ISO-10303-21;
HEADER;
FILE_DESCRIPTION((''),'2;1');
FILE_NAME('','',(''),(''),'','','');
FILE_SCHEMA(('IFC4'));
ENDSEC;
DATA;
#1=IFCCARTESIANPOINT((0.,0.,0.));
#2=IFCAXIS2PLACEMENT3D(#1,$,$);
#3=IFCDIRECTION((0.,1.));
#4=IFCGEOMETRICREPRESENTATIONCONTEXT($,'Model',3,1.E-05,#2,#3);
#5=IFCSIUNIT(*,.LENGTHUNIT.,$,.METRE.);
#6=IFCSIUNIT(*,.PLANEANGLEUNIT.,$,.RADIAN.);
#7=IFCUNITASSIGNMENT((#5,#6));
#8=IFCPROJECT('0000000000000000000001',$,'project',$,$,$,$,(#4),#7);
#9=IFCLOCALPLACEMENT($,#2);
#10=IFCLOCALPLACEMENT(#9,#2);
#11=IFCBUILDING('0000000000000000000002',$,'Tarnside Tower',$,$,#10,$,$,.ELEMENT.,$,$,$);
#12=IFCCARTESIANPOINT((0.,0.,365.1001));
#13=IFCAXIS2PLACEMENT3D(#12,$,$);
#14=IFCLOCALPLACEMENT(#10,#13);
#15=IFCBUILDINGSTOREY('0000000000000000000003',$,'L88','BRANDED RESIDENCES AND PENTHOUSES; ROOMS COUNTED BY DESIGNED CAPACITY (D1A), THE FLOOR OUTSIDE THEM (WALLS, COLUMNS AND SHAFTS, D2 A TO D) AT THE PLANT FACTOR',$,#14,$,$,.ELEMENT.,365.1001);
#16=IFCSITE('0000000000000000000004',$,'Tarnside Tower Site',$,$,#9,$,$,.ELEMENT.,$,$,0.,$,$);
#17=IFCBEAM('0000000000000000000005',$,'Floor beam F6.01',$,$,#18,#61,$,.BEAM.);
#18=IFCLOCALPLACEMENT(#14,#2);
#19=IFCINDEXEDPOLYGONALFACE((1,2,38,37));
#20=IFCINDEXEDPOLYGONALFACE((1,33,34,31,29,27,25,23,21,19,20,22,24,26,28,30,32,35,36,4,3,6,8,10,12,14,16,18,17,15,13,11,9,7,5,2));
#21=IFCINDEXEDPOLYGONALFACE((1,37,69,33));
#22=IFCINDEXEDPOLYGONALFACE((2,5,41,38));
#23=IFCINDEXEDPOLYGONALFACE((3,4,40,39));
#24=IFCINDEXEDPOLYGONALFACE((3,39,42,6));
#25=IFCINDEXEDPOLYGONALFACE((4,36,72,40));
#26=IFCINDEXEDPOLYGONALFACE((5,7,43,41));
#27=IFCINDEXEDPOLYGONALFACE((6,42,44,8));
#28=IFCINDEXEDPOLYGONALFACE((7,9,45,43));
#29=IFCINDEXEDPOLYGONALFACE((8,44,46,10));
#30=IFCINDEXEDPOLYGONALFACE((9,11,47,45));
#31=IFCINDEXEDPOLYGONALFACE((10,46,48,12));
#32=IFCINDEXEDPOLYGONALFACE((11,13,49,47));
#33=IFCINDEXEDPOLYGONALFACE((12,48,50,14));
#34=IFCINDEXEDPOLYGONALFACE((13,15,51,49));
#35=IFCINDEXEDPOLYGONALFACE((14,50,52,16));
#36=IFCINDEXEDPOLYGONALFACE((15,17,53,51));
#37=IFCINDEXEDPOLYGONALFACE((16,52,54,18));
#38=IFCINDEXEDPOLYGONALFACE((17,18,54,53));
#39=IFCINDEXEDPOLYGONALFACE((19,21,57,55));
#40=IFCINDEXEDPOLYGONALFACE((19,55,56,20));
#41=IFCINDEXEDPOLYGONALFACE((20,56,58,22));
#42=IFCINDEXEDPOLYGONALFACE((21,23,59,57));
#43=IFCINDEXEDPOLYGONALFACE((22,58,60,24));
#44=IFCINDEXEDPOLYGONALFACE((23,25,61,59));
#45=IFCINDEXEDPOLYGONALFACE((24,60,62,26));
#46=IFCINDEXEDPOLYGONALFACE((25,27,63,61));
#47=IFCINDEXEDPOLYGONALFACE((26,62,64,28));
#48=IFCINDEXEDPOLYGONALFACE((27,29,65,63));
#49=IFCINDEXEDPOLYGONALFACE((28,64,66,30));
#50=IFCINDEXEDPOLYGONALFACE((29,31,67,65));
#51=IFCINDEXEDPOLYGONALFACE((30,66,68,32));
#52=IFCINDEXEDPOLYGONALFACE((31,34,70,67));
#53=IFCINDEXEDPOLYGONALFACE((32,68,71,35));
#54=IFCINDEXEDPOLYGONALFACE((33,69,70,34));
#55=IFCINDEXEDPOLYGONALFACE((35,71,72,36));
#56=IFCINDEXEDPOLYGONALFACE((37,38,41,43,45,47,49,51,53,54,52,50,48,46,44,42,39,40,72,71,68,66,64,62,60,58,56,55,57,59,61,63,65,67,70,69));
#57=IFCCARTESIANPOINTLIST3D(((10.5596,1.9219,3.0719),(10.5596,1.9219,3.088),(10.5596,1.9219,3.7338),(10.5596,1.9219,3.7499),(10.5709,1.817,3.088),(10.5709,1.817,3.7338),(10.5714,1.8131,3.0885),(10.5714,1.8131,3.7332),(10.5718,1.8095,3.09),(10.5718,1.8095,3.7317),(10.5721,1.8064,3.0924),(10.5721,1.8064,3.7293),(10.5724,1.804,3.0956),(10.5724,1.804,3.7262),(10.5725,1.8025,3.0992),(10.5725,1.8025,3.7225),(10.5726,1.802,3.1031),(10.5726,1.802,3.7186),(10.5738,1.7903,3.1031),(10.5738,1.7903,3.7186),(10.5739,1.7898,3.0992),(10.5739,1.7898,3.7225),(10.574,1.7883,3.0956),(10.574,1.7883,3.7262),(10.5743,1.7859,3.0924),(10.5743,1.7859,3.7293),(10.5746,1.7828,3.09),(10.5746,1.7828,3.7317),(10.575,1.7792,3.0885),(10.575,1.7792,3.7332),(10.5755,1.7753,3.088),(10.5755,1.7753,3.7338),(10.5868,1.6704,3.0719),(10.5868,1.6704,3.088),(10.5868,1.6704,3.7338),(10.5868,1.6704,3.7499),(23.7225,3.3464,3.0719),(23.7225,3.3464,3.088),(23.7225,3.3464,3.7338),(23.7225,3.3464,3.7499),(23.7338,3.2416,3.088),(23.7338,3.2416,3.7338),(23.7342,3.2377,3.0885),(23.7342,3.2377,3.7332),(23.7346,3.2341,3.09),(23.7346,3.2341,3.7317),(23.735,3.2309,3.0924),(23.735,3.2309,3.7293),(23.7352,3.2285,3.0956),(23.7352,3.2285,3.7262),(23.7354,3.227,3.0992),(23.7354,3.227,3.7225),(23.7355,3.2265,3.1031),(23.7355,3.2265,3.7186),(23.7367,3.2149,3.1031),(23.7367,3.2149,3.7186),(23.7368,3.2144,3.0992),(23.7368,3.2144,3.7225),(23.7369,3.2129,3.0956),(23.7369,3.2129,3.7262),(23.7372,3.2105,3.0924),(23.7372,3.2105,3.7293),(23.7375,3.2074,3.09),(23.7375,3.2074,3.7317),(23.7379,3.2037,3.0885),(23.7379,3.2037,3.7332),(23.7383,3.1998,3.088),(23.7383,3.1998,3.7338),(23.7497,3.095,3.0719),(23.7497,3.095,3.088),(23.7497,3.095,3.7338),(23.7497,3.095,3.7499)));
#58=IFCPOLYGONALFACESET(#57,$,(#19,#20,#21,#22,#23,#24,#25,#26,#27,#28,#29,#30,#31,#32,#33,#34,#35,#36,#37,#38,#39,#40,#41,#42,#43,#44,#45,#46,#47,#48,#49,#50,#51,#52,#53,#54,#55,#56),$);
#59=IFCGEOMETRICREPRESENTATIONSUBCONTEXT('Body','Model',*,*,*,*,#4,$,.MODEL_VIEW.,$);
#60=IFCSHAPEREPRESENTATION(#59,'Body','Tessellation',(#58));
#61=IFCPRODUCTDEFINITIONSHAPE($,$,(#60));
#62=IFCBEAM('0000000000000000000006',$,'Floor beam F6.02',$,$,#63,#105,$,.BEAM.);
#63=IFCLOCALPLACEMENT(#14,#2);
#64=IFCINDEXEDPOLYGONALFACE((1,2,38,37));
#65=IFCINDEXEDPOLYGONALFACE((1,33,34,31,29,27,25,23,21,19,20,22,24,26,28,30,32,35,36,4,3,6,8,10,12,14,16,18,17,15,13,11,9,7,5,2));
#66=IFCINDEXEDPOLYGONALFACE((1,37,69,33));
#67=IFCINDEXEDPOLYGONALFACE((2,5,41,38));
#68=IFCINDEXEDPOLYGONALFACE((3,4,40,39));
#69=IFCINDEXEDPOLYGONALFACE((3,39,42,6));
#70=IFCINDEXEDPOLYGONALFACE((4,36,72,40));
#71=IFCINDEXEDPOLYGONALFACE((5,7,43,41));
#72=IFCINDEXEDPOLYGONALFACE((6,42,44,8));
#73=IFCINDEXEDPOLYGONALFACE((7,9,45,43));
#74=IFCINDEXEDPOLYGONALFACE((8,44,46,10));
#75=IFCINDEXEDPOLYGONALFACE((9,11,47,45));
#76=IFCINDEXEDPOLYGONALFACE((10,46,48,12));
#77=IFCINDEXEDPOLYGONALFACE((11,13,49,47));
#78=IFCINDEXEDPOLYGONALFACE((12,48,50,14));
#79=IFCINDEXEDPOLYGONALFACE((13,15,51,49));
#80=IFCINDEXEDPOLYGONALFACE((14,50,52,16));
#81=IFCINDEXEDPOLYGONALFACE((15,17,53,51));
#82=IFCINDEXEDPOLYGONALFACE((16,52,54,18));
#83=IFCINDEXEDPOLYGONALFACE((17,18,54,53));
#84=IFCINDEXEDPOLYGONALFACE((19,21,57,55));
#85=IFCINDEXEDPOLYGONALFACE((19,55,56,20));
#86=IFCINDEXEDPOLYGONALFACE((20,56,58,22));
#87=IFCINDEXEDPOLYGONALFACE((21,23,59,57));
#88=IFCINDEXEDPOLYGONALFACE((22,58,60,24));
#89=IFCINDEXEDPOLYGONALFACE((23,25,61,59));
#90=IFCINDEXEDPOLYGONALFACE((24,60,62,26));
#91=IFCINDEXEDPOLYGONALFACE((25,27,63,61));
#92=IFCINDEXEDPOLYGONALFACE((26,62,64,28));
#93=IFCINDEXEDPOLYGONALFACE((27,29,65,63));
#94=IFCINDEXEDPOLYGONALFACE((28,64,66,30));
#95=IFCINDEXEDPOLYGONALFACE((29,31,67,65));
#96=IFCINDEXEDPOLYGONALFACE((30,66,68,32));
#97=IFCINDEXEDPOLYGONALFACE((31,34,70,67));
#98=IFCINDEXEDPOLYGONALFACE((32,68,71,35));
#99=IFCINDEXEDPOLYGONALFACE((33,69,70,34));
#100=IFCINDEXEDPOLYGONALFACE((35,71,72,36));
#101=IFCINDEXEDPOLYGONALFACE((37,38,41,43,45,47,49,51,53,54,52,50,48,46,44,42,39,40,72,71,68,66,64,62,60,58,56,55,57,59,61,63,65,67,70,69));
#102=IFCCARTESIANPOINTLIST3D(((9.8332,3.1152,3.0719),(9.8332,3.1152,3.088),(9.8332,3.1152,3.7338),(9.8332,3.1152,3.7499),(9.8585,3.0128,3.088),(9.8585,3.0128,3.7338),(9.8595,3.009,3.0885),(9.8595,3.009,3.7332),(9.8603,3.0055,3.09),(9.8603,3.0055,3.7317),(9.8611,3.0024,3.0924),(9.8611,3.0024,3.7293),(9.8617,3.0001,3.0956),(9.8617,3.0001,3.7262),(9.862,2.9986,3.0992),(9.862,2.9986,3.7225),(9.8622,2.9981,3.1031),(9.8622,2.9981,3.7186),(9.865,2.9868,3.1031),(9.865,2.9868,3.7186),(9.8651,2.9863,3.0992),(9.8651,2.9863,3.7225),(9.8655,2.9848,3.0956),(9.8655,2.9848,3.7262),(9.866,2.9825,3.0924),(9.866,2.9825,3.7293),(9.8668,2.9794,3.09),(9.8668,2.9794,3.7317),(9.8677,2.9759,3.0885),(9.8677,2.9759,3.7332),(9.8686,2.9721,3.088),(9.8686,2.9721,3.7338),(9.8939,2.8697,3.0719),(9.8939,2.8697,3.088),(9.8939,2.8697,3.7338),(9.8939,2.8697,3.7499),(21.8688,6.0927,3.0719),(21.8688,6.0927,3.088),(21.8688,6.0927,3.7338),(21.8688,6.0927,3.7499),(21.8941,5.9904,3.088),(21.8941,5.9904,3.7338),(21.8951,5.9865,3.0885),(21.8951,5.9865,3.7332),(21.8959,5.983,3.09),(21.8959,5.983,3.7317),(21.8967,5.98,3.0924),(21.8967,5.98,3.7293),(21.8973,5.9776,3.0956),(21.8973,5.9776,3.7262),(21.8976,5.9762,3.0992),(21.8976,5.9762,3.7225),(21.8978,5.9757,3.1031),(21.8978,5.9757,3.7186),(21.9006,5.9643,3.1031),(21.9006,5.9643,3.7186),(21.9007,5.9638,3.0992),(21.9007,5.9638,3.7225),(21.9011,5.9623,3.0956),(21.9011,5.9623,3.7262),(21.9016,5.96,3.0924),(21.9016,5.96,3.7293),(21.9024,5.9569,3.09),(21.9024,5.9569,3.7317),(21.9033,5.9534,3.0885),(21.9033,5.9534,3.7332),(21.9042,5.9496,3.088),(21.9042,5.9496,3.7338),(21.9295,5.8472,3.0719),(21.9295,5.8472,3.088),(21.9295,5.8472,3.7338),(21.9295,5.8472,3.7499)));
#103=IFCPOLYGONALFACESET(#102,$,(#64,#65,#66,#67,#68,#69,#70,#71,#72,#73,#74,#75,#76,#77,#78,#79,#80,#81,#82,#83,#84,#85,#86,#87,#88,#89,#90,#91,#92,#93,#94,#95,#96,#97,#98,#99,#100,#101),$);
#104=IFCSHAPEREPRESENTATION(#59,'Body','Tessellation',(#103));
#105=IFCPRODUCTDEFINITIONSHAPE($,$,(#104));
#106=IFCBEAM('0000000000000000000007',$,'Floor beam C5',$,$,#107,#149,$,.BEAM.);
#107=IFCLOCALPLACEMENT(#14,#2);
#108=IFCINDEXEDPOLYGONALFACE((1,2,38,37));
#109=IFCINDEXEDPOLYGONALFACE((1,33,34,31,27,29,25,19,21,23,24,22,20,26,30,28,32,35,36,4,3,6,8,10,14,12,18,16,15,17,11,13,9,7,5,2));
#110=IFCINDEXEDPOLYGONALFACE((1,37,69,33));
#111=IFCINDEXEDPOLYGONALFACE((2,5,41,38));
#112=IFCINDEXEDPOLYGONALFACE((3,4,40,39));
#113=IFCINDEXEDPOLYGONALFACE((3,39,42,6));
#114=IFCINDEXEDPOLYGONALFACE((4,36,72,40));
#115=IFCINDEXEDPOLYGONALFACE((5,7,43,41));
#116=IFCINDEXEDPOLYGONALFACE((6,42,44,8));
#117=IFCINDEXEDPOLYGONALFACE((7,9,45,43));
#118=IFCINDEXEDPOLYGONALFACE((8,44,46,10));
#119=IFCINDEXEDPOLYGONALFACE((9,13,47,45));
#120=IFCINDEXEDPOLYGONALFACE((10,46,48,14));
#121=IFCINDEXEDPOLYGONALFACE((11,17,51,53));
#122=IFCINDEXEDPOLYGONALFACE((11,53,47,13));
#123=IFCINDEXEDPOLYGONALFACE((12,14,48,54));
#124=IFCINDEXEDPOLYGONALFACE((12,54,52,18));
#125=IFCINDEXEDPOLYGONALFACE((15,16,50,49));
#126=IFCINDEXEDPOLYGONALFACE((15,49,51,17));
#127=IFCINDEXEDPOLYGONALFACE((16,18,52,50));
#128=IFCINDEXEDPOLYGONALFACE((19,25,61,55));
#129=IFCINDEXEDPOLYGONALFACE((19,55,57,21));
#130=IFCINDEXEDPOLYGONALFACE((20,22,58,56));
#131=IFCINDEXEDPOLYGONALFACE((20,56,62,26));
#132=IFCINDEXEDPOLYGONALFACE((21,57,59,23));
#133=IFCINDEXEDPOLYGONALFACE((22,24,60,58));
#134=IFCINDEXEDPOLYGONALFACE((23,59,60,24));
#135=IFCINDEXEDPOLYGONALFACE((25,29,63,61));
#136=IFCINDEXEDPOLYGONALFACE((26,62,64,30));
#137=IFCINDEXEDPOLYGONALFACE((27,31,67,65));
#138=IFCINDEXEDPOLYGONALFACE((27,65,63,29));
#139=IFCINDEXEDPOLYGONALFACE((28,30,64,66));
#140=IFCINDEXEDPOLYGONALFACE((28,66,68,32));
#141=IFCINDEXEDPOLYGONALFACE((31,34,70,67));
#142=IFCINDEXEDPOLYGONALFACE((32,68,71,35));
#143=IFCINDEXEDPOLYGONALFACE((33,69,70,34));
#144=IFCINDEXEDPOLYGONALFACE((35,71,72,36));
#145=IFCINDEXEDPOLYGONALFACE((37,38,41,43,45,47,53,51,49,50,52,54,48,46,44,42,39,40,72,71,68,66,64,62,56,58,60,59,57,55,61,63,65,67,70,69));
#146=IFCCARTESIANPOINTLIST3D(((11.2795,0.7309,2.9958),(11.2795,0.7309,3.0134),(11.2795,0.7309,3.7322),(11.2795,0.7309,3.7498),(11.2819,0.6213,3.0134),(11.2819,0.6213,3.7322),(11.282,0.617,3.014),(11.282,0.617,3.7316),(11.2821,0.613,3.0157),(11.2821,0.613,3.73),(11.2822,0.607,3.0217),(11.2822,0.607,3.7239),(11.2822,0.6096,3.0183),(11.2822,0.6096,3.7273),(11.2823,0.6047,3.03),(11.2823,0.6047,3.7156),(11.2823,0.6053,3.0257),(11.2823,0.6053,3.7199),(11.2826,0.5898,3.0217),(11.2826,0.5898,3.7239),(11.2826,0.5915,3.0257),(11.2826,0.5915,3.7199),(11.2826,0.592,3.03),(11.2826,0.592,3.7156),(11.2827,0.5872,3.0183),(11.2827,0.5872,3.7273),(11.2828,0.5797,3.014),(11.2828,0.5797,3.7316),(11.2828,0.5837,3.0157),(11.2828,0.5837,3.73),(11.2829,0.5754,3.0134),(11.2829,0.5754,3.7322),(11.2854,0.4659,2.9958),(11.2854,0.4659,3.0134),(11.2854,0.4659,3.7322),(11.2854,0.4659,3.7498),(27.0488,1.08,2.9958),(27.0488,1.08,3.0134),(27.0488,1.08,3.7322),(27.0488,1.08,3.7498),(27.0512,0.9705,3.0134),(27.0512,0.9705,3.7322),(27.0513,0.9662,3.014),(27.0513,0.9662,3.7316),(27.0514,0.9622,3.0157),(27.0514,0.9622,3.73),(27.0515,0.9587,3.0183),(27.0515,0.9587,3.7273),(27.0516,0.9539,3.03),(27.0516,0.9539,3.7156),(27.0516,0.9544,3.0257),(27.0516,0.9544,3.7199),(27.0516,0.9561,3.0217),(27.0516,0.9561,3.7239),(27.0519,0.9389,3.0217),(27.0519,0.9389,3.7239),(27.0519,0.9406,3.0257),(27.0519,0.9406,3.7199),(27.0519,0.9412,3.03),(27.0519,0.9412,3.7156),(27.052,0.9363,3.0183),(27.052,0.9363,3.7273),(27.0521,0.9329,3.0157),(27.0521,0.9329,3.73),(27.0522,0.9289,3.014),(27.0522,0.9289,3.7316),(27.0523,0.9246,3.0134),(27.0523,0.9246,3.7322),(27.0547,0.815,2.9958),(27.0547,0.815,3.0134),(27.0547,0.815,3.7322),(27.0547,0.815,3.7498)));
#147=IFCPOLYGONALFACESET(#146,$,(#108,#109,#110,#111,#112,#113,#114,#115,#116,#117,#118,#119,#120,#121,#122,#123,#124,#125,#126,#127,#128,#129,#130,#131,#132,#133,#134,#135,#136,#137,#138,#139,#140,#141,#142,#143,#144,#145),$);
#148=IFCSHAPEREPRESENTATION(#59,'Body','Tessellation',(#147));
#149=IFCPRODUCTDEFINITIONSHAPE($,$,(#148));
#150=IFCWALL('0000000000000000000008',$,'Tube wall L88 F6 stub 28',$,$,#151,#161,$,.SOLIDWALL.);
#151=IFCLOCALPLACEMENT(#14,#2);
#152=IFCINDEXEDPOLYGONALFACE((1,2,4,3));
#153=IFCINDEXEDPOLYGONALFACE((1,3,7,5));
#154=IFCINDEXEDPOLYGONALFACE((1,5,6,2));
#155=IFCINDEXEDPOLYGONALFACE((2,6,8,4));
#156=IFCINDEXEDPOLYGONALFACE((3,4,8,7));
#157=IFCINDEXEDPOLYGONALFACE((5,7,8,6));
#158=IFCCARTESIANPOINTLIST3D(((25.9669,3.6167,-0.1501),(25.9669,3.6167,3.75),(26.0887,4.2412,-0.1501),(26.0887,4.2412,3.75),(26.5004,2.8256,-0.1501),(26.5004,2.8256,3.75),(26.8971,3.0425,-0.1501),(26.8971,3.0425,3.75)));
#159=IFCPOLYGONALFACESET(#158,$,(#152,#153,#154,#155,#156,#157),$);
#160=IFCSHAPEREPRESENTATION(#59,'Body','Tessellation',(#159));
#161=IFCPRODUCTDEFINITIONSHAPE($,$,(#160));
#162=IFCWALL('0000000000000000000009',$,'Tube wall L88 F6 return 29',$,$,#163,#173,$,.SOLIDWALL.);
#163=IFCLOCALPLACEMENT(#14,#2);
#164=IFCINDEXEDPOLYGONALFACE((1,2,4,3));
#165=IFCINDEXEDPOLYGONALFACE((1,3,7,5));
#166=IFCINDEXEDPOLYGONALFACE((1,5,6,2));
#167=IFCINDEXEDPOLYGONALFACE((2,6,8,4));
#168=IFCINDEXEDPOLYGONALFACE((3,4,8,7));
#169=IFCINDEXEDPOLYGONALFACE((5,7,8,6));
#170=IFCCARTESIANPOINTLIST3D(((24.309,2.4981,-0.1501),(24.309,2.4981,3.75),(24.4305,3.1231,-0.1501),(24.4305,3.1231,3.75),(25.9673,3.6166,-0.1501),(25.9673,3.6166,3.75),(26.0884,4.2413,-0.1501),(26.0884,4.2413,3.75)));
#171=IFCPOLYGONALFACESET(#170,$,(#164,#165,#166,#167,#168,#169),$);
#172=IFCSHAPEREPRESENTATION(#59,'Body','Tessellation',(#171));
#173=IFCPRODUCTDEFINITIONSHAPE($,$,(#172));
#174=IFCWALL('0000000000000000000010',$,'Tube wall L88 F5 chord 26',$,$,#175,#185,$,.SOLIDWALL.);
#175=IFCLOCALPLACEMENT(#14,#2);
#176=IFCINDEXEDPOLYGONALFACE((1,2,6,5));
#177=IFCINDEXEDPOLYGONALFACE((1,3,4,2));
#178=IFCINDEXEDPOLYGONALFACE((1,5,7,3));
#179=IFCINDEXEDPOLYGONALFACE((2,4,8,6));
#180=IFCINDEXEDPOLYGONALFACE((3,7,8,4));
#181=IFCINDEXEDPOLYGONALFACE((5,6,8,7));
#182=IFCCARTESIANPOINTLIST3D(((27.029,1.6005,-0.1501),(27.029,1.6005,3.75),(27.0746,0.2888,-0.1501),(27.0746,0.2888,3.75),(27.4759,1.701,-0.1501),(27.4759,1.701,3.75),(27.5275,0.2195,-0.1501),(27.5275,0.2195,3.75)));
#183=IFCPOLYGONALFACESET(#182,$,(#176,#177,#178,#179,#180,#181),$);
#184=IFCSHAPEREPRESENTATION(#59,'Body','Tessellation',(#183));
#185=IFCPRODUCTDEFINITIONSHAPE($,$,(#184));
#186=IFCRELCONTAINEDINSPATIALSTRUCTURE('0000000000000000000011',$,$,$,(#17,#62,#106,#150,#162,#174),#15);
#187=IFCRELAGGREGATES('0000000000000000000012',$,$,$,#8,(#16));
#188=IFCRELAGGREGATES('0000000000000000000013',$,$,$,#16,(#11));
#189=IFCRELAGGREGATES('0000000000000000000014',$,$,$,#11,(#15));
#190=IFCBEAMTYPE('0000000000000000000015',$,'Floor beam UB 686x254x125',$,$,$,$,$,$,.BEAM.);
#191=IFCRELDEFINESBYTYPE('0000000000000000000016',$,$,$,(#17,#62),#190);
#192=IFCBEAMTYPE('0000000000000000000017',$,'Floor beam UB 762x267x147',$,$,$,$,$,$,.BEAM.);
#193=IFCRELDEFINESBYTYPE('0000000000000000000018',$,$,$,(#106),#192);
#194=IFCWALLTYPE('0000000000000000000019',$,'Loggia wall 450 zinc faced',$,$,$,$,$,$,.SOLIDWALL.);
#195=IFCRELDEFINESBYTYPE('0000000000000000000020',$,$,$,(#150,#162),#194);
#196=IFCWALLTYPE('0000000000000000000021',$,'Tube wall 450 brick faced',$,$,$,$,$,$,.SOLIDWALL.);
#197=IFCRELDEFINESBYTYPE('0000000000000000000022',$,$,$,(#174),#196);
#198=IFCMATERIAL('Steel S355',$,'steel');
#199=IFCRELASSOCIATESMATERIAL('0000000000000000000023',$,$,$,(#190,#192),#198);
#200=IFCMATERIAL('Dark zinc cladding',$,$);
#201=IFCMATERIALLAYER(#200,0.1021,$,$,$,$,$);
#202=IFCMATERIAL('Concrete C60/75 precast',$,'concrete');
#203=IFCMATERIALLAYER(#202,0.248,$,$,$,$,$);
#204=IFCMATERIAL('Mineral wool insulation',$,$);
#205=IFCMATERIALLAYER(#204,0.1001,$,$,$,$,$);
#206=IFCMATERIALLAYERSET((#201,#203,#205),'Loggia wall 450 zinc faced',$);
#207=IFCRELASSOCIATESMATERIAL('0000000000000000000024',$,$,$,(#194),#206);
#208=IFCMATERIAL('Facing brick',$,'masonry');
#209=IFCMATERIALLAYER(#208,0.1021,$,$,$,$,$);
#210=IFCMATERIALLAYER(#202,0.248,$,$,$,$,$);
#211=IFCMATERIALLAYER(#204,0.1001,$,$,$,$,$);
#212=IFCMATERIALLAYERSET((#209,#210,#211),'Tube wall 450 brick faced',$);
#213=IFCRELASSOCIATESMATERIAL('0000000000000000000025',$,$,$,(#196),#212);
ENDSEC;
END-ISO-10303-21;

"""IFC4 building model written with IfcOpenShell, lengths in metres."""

from ifc_helpers import new_model, si_unit, direction, frame, origin, origin_2d, place, context, subcontext, project, spatial, polyline, i_section, outline, extrude, material, layer, layer_set, material_profile, profile_set, type_object, element, save


model = new_model("IFC4")

# Units and contexts
model_context = context("Model", 3, precision=1e-05, world=origin(), true_north=direction((0.0, 1.0)))
body_context = subcontext(model_context, "Body", "Model", "MODEL_VIEW")
ifc_project = project(units=[si_unit("LENGTHUNIT", "METRE"), si_unit("PLANEANGLEUNIT", "RADIAN")], contexts=[model_context])

# Site, building, storey
site_placement = place(None, origin())
site = spatial("IfcSite", under=ifc_project, at=site_placement, Name="Tarnside Tower Site", CompositionType="ELEMENT", RefElevation=0.0)
building_placement = place(site_placement, origin())
building = spatial("IfcBuilding", under=site, at=building_placement, Name="Tarnside Tower", CompositionType="ELEMENT")
storey_placement = place(building_placement, frame((0.0, 0.0, 365.1001)))
storey = spatial("IfcBuildingStorey", under=building, at=storey_placement, Name="L88", Description="BRANDED RESIDENCES AND PENTHOUSES; ROOMS COUNTED BY DESIGNED CAPACITY (D1A), THE FLOOR OUTSIDE THEM (WALLS, COLUMNS AND SHAFTS, D2 A TO D) AT THE PLANT FACTOR", CompositionType="ELEMENT", Elevation=365.1001)

# Beams
ifc_material_1 = material(Name="Steel S355", Category="steel")
ifc_material_profile_1 = material_profile(ifc_material_1, i_section(OverallWidth=0.2529, OverallDepth=0.678, WebThickness=0.0117, FlangeThickness=0.0161, FilletRadius=0.0151, at=origin_2d()), Name="UB 686x254x125")
ifc_profile_set_1 = profile_set([ifc_material_profile_1], Name="Steel S355")
beam_type_1 = type_object("IfcBeamType", Name="Floor beam UB 686x254x125", PredefinedType="BEAM", material=ifc_profile_set_1)
beam_1_placement = place(storey_placement, frame((23.7361, 3.2207, 3.4109), z_axis=(-0.994195, -0.107598, 0.0), x_axis=(0.107598, -0.994195, 0.0)))
element("IfcBeam", 1, at=beam_1_placement, inside=storey, type_object=beam_type_1, Name="Floor beam F6.01", PredefinedType="BEAM", context=body_context, shape_type="SweptSolid", body=[
    extrude(i_section(OverallWidth=0.2529, OverallDepth=0.678, WebThickness=0.0117, FlangeThickness=0.0161, FilletRadius=0.0151, at=origin_2d()), origin(), (0.0, 0.0, 1.0), 13.2397),
])
beam_2_placement = place(storey_placement, frame((21.8992, 5.97, 3.4109), z_axis=(-0.970735, -0.240153, 0.0), x_axis=(0.240153, -0.970735, 0.0)))
element("IfcBeam", 2, at=beam_2_placement, inside=storey, type_object=beam_type_1, Name="Floor beam F6.02", PredefinedType="BEAM", context=body_context, shape_type="SweptSolid", body=[
    extrude(i_section(OverallWidth=0.2529, OverallDepth=0.678, WebThickness=0.0117, FlangeThickness=0.0161, FilletRadius=0.0151, at=origin_2d()), origin(), (0.0, 0.0, 1.0), 12.3984),
])
ifc_material_profile_2 = material_profile(ifc_material_1, i_section(OverallWidth=0.2651, OverallDepth=0.7539, WebThickness=0.0127, FlangeThickness=0.0176, FilletRadius=0.0166, at=origin_2d()), Name="UB 762x267x147")
ifc_profile_set_2 = profile_set([ifc_material_profile_2], Name="Steel S355")
beam_type_2 = type_object("IfcBeamType", Name="Floor beam UB 762x267x147", PredefinedType="BEAM", material=ifc_profile_set_2)
beam_3_placement = place(storey_placement, frame((27.0518, 0.9475, 3.3728), z_axis=(-0.999755, -0.022134, 0.0), x_axis=(0.022134, -0.999755, 0.0)))
element("IfcBeam", 3, at=beam_3_placement, inside=storey, type_object=beam_type_2, Name="Floor beam C5", PredefinedType="BEAM", context=body_context, shape_type="SweptSolid", body=[
    extrude(i_section(OverallWidth=0.2651, OverallDepth=0.7539, WebThickness=0.0127, FlangeThickness=0.0176, FilletRadius=0.0166, at=origin_2d()), origin(), (0.0, 0.0, 1.0), 15.7732),
])

# Walls
ifc_material_2 = material(Name="Dark zinc cladding")
ifc_layer_1 = layer(ifc_material_2, 0.1021)
ifc_material_3 = material(Name="Concrete C60/75 precast", Category="concrete")
ifc_layer_2 = layer(ifc_material_3, 0.248)
ifc_material_4 = material(Name="Mineral wool insulation")
ifc_layer_3 = layer(ifc_material_4, 0.1001)
ifc_layer_set_1 = layer_set([ifc_layer_1, ifc_layer_2, ifc_layer_3], Name="Loggia wall 450 zinc faced")
wall_type_1 = type_object("IfcWallType", Name="Loggia wall 450 zinc faced", PredefinedType="SOLIDWALL", material=ifc_layer_set_1)
wall_1_placement = place(storey_placement, frame((26.6987, 2.9341, -0.1501), z_axis=(0.0, 0.0, 1.0), x_axis=(-0.559106, 0.829096, 0.0)))
element("IfcWall", 4, at=wall_1_placement, inside=storey, type_object=wall_type_1, Name="Tube wall L88 F6 stub 28", PredefinedType="SOLIDWALL", context=body_context, shape_type="SweptSolid", body=[
    extrude(outline(polyline([(-0.021, -0.2251), (1.4248, -0.2251), (0.9751, 0.2251), (0.021, 0.2251), (-0.021, -0.2251)])), origin(), (0.0, 0.0, 1.0), 3.9001),
])
wall_2_placement = place(storey_placement, frame((26.0278, 3.929, -0.1501), z_axis=(0.0, 0.0, 1.0), x_axis=(-0.829052, -0.559171, 0.0)))
element("IfcWall", 5, at=wall_2_placement, inside=storey, type_object=wall_type_1, Name="Tube wall L88 F6 return 29", PredefinedType="SOLIDWALL", context=body_context, shape_type="SweptSolid", body=[
    extrude(outline(polyline([(-0.2249, -0.2251), (1.7749, -0.2251), (2.2251, 0.2251), (0.2249, 0.2251), (-0.2249, -0.2251)])), origin(), (0.0, 0.0, 1.0), 3.9001),
])

# Wall
ifc_material_5 = material(Name="Facing brick", Category="masonry")
ifc_layer_4 = layer(ifc_material_5, 0.1021)
ifc_layer_5 = layer(ifc_material_3, 0.248)
ifc_layer_6 = layer(ifc_material_4, 0.1001)
ifc_layer_set_2 = layer_set([ifc_layer_4, ifc_layer_5, ifc_layer_6], Name="Tube wall 450 brick faced")
wall_type_2 = type_object("IfcWallType", Name="Tube wall 450 brick faced", PredefinedType="SOLIDWALL", material=ifc_layer_set_2)
wall_3_placement = place(storey_placement, frame((27.301, 0.2542, -0.1501), z_axis=(0.0, 0.0, 1.0), x_axis=(-0.034763, 0.999396, 0.0)))
element("IfcWall", 6, at=wall_3_placement, inside=storey, type_object=wall_type_2, Name="Tube wall L88 F5 chord 26", PredefinedType="SOLIDWALL", context=body_context, shape_type="SweptSolid", body=[
    extrude(outline(polyline([(-0.0425, -0.2251), (1.4399, -0.2251), (1.355, 0.2251), (0.0425, 0.2251), (-0.0425, -0.2251)])), origin(), (0.0, 0.0, 1.0), 3.9001),
])

save(model, "model.ifc")
